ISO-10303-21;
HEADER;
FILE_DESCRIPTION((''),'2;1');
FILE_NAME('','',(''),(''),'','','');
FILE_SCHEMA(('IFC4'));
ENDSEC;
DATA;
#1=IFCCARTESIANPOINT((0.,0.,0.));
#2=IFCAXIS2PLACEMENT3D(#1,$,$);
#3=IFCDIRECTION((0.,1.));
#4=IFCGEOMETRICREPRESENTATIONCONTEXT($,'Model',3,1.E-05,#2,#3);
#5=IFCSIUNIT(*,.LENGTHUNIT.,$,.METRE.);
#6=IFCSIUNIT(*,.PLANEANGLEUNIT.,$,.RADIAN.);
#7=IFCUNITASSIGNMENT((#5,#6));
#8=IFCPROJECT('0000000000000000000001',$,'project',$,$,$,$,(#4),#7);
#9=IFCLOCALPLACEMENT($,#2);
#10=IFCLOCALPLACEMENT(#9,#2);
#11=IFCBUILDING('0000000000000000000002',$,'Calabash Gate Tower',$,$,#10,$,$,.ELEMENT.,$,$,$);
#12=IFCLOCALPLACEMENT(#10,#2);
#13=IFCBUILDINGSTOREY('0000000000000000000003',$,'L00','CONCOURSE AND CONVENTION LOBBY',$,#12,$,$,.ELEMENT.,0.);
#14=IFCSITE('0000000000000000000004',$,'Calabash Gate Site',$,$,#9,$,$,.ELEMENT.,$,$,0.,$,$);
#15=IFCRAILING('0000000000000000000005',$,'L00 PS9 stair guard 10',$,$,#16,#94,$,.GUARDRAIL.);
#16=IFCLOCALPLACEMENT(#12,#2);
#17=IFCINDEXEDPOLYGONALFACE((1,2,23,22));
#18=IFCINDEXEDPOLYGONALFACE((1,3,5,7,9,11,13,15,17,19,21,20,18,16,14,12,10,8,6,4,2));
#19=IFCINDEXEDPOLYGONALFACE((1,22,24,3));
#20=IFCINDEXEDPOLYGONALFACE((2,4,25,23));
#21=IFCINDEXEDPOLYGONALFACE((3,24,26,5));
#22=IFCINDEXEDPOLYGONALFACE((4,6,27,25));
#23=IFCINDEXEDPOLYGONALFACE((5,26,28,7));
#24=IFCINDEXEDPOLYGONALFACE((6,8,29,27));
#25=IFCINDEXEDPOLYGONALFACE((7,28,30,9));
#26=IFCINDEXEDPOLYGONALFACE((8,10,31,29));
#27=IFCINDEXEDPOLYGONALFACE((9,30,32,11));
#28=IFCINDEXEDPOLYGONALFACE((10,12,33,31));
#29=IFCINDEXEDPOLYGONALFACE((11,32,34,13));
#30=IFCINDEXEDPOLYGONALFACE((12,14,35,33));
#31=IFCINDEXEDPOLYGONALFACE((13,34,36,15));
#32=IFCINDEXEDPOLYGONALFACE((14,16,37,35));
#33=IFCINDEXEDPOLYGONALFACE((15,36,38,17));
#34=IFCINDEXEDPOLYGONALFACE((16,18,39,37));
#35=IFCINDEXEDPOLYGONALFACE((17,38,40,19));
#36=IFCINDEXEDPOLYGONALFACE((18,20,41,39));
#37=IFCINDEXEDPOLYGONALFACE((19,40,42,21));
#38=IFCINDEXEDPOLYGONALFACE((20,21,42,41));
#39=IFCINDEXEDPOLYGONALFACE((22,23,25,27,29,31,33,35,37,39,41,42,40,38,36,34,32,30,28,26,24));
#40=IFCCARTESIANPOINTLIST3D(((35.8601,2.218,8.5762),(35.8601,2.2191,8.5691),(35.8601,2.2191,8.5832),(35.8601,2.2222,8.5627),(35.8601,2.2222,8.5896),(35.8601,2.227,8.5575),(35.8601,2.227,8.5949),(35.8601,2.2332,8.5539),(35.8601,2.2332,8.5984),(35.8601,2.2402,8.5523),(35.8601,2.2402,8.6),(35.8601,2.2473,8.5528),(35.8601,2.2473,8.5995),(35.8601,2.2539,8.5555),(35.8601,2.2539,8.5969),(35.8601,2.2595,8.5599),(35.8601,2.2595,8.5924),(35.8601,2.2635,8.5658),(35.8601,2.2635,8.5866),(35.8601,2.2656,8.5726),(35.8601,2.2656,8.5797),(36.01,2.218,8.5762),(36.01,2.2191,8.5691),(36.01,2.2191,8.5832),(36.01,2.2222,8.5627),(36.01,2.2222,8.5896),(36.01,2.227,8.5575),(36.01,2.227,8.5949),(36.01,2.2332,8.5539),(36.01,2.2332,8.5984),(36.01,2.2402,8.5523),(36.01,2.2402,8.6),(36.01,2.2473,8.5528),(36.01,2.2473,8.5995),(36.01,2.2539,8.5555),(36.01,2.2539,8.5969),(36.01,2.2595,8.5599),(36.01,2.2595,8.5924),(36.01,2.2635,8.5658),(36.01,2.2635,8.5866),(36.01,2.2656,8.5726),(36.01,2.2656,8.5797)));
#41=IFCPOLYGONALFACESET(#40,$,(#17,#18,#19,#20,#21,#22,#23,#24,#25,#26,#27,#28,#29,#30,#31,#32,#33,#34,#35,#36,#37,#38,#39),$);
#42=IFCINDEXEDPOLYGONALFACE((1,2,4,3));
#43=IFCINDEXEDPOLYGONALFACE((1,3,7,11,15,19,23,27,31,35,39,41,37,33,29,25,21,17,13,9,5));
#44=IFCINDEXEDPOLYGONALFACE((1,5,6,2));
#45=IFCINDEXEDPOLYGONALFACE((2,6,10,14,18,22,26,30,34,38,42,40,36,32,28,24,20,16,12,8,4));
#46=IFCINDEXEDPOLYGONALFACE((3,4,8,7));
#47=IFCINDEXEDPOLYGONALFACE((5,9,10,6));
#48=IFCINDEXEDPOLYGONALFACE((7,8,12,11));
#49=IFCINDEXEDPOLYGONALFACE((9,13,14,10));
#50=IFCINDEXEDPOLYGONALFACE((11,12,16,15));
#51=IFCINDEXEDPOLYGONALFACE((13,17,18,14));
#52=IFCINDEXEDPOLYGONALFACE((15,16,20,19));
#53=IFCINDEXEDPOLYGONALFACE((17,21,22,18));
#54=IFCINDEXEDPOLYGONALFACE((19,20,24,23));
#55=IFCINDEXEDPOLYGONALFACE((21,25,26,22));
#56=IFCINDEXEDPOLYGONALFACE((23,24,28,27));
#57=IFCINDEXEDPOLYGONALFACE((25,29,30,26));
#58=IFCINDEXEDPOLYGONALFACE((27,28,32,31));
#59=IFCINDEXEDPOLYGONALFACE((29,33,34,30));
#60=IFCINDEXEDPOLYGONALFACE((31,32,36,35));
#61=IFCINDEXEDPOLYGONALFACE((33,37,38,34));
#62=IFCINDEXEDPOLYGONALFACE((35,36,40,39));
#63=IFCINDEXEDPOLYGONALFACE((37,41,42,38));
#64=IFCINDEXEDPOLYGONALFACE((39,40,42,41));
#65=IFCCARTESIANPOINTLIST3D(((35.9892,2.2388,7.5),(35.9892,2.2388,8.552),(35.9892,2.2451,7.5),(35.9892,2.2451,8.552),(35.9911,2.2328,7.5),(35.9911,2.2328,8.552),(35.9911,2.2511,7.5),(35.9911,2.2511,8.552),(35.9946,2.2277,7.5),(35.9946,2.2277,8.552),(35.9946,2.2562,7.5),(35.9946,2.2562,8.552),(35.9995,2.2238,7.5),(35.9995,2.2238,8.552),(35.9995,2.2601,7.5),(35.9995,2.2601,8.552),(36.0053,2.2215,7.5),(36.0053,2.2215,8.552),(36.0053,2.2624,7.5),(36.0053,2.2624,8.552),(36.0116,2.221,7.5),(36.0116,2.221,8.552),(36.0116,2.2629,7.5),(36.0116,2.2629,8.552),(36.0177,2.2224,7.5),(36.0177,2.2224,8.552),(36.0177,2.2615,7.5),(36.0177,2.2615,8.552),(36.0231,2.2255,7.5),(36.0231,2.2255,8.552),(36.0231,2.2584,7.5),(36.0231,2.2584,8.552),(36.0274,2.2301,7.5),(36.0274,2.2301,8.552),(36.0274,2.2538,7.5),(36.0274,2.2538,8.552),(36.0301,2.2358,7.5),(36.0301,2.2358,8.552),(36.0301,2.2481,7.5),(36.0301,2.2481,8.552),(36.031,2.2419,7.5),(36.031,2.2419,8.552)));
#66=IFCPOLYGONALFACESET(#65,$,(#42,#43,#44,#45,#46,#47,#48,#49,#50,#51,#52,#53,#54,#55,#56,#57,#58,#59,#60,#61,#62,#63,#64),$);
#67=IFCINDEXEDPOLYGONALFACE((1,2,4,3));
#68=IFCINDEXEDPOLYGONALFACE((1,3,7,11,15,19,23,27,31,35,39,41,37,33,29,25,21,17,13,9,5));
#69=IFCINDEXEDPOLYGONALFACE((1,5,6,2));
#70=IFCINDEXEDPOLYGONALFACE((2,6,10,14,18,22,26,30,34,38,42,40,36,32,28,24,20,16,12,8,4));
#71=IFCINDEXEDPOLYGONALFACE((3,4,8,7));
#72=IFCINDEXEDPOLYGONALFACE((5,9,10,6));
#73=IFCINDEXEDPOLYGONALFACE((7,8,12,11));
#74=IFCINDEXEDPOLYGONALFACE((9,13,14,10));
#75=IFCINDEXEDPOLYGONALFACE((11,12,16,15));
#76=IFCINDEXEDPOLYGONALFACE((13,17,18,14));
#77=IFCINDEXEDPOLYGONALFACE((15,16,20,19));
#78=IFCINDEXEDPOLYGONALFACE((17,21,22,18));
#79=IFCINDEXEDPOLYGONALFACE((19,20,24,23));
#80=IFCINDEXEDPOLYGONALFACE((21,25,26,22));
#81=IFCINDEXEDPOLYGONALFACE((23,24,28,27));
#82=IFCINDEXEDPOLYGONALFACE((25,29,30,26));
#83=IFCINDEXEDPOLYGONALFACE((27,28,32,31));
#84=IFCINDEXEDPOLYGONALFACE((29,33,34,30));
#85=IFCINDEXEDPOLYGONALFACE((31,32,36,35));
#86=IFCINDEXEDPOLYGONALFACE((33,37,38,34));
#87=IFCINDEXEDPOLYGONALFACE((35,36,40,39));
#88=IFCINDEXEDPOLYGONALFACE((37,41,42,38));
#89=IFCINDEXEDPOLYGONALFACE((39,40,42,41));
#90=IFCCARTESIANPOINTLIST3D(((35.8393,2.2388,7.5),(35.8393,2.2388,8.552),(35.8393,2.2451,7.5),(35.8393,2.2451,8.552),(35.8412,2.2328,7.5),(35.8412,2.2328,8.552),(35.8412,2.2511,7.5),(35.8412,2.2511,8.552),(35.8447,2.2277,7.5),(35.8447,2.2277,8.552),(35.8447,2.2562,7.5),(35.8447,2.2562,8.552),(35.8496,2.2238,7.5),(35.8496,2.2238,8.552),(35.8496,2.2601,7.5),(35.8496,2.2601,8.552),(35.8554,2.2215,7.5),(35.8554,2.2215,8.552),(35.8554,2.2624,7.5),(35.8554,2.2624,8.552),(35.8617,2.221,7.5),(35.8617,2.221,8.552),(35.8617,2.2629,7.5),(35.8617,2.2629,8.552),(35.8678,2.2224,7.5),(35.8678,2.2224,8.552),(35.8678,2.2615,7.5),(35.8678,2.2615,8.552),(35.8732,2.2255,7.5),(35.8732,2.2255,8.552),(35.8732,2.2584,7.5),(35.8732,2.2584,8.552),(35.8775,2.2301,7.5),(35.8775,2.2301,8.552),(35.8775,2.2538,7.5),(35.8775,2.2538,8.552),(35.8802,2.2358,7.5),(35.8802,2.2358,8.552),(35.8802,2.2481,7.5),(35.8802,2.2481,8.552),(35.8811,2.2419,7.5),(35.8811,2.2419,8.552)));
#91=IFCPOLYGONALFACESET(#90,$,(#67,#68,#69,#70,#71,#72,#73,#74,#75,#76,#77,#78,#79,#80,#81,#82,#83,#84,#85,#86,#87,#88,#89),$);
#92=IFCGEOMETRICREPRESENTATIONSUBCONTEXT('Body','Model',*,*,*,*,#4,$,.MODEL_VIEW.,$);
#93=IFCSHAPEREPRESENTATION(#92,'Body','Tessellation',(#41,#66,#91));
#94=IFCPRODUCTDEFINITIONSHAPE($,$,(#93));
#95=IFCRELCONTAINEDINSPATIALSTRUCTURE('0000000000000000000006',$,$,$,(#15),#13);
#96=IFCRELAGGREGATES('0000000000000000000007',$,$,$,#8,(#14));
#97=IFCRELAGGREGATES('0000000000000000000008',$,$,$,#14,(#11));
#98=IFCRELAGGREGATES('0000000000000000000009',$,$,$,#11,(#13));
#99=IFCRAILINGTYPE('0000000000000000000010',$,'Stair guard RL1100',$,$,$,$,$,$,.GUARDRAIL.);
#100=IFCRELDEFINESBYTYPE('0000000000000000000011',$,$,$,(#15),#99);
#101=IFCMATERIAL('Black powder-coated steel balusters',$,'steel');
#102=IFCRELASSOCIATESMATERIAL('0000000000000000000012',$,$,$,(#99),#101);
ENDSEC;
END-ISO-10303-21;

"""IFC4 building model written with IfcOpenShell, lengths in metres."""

from ifc_helpers import new_model, si_unit, direction, frame, origin, origin_2d, place, context, subcontext, project, spatial, circle, extrude, material, type_object, element, save


model = new_model("IFC4")

# Units and contexts
model_context = context("Model", 3, precision=1e-05, world=origin(), true_north=direction((0.0, 1.0)))
body_context = subcontext(model_context, "Body", "Model", "MODEL_VIEW")
ifc_project = project(units=[si_unit("LENGTHUNIT", "METRE"), si_unit("PLANEANGLEUNIT", "RADIAN")], contexts=[model_context])

# Site, building, storey
site_placement = place(None, origin())
site = spatial("IfcSite", under=ifc_project, at=site_placement, Name="Calabash Gate Site", CompositionType="ELEMENT", RefElevation=0.0)
building_placement = place(site_placement, origin())
building = spatial("IfcBuilding", under=site, at=building_placement, Name="Calabash Gate Tower", CompositionType="ELEMENT")
storey_placement = place(building_placement, origin())
storey = spatial("IfcBuildingStorey", under=building, at=storey_placement, Name="L00", Description="CONCOURSE AND CONVENTION LOBBY", CompositionType="ELEMENT", Elevation=0.0)

# Railing
ifc_material_1 = material(Name="Black powder-coated steel balusters", Category="steel")
railing_type_1 = type_object("IfcRailingType", Name="Stair guard RL1100", PredefinedType="GUARDRAIL", material=ifc_material_1)
railing_1_placement = place(storey_placement, frame((36.01, 2.2419, 7.5)))
element("IfcRailing", 1, at=railing_1_placement, inside=storey, type_object=railing_type_1, Name="L00 PS9 stair guard 10", PredefinedType="GUARDRAIL", context=body_context, shape_type="SweptSolid", body=[
    extrude(circle(Radius=0.0239, at=origin_2d()), frame((0.0, 0.0, 1.0762), z_axis=(-1.0, 0.0, 0.0), x_axis=(0.0, -1.0, 0.0)), (0.0, 0.0, 1.0), 0.1499),
    extrude(circle(Radius=0.021, at=origin_2d()), origin(), (0.0, 0.0, 1.0), 1.052),
    extrude(circle(Radius=0.021, at=origin_2d()), frame((-0.1499, 0.0, 0.0)), (0.0, 0.0, 1.0), 1.052),
])

save(model, "model.ifc")
